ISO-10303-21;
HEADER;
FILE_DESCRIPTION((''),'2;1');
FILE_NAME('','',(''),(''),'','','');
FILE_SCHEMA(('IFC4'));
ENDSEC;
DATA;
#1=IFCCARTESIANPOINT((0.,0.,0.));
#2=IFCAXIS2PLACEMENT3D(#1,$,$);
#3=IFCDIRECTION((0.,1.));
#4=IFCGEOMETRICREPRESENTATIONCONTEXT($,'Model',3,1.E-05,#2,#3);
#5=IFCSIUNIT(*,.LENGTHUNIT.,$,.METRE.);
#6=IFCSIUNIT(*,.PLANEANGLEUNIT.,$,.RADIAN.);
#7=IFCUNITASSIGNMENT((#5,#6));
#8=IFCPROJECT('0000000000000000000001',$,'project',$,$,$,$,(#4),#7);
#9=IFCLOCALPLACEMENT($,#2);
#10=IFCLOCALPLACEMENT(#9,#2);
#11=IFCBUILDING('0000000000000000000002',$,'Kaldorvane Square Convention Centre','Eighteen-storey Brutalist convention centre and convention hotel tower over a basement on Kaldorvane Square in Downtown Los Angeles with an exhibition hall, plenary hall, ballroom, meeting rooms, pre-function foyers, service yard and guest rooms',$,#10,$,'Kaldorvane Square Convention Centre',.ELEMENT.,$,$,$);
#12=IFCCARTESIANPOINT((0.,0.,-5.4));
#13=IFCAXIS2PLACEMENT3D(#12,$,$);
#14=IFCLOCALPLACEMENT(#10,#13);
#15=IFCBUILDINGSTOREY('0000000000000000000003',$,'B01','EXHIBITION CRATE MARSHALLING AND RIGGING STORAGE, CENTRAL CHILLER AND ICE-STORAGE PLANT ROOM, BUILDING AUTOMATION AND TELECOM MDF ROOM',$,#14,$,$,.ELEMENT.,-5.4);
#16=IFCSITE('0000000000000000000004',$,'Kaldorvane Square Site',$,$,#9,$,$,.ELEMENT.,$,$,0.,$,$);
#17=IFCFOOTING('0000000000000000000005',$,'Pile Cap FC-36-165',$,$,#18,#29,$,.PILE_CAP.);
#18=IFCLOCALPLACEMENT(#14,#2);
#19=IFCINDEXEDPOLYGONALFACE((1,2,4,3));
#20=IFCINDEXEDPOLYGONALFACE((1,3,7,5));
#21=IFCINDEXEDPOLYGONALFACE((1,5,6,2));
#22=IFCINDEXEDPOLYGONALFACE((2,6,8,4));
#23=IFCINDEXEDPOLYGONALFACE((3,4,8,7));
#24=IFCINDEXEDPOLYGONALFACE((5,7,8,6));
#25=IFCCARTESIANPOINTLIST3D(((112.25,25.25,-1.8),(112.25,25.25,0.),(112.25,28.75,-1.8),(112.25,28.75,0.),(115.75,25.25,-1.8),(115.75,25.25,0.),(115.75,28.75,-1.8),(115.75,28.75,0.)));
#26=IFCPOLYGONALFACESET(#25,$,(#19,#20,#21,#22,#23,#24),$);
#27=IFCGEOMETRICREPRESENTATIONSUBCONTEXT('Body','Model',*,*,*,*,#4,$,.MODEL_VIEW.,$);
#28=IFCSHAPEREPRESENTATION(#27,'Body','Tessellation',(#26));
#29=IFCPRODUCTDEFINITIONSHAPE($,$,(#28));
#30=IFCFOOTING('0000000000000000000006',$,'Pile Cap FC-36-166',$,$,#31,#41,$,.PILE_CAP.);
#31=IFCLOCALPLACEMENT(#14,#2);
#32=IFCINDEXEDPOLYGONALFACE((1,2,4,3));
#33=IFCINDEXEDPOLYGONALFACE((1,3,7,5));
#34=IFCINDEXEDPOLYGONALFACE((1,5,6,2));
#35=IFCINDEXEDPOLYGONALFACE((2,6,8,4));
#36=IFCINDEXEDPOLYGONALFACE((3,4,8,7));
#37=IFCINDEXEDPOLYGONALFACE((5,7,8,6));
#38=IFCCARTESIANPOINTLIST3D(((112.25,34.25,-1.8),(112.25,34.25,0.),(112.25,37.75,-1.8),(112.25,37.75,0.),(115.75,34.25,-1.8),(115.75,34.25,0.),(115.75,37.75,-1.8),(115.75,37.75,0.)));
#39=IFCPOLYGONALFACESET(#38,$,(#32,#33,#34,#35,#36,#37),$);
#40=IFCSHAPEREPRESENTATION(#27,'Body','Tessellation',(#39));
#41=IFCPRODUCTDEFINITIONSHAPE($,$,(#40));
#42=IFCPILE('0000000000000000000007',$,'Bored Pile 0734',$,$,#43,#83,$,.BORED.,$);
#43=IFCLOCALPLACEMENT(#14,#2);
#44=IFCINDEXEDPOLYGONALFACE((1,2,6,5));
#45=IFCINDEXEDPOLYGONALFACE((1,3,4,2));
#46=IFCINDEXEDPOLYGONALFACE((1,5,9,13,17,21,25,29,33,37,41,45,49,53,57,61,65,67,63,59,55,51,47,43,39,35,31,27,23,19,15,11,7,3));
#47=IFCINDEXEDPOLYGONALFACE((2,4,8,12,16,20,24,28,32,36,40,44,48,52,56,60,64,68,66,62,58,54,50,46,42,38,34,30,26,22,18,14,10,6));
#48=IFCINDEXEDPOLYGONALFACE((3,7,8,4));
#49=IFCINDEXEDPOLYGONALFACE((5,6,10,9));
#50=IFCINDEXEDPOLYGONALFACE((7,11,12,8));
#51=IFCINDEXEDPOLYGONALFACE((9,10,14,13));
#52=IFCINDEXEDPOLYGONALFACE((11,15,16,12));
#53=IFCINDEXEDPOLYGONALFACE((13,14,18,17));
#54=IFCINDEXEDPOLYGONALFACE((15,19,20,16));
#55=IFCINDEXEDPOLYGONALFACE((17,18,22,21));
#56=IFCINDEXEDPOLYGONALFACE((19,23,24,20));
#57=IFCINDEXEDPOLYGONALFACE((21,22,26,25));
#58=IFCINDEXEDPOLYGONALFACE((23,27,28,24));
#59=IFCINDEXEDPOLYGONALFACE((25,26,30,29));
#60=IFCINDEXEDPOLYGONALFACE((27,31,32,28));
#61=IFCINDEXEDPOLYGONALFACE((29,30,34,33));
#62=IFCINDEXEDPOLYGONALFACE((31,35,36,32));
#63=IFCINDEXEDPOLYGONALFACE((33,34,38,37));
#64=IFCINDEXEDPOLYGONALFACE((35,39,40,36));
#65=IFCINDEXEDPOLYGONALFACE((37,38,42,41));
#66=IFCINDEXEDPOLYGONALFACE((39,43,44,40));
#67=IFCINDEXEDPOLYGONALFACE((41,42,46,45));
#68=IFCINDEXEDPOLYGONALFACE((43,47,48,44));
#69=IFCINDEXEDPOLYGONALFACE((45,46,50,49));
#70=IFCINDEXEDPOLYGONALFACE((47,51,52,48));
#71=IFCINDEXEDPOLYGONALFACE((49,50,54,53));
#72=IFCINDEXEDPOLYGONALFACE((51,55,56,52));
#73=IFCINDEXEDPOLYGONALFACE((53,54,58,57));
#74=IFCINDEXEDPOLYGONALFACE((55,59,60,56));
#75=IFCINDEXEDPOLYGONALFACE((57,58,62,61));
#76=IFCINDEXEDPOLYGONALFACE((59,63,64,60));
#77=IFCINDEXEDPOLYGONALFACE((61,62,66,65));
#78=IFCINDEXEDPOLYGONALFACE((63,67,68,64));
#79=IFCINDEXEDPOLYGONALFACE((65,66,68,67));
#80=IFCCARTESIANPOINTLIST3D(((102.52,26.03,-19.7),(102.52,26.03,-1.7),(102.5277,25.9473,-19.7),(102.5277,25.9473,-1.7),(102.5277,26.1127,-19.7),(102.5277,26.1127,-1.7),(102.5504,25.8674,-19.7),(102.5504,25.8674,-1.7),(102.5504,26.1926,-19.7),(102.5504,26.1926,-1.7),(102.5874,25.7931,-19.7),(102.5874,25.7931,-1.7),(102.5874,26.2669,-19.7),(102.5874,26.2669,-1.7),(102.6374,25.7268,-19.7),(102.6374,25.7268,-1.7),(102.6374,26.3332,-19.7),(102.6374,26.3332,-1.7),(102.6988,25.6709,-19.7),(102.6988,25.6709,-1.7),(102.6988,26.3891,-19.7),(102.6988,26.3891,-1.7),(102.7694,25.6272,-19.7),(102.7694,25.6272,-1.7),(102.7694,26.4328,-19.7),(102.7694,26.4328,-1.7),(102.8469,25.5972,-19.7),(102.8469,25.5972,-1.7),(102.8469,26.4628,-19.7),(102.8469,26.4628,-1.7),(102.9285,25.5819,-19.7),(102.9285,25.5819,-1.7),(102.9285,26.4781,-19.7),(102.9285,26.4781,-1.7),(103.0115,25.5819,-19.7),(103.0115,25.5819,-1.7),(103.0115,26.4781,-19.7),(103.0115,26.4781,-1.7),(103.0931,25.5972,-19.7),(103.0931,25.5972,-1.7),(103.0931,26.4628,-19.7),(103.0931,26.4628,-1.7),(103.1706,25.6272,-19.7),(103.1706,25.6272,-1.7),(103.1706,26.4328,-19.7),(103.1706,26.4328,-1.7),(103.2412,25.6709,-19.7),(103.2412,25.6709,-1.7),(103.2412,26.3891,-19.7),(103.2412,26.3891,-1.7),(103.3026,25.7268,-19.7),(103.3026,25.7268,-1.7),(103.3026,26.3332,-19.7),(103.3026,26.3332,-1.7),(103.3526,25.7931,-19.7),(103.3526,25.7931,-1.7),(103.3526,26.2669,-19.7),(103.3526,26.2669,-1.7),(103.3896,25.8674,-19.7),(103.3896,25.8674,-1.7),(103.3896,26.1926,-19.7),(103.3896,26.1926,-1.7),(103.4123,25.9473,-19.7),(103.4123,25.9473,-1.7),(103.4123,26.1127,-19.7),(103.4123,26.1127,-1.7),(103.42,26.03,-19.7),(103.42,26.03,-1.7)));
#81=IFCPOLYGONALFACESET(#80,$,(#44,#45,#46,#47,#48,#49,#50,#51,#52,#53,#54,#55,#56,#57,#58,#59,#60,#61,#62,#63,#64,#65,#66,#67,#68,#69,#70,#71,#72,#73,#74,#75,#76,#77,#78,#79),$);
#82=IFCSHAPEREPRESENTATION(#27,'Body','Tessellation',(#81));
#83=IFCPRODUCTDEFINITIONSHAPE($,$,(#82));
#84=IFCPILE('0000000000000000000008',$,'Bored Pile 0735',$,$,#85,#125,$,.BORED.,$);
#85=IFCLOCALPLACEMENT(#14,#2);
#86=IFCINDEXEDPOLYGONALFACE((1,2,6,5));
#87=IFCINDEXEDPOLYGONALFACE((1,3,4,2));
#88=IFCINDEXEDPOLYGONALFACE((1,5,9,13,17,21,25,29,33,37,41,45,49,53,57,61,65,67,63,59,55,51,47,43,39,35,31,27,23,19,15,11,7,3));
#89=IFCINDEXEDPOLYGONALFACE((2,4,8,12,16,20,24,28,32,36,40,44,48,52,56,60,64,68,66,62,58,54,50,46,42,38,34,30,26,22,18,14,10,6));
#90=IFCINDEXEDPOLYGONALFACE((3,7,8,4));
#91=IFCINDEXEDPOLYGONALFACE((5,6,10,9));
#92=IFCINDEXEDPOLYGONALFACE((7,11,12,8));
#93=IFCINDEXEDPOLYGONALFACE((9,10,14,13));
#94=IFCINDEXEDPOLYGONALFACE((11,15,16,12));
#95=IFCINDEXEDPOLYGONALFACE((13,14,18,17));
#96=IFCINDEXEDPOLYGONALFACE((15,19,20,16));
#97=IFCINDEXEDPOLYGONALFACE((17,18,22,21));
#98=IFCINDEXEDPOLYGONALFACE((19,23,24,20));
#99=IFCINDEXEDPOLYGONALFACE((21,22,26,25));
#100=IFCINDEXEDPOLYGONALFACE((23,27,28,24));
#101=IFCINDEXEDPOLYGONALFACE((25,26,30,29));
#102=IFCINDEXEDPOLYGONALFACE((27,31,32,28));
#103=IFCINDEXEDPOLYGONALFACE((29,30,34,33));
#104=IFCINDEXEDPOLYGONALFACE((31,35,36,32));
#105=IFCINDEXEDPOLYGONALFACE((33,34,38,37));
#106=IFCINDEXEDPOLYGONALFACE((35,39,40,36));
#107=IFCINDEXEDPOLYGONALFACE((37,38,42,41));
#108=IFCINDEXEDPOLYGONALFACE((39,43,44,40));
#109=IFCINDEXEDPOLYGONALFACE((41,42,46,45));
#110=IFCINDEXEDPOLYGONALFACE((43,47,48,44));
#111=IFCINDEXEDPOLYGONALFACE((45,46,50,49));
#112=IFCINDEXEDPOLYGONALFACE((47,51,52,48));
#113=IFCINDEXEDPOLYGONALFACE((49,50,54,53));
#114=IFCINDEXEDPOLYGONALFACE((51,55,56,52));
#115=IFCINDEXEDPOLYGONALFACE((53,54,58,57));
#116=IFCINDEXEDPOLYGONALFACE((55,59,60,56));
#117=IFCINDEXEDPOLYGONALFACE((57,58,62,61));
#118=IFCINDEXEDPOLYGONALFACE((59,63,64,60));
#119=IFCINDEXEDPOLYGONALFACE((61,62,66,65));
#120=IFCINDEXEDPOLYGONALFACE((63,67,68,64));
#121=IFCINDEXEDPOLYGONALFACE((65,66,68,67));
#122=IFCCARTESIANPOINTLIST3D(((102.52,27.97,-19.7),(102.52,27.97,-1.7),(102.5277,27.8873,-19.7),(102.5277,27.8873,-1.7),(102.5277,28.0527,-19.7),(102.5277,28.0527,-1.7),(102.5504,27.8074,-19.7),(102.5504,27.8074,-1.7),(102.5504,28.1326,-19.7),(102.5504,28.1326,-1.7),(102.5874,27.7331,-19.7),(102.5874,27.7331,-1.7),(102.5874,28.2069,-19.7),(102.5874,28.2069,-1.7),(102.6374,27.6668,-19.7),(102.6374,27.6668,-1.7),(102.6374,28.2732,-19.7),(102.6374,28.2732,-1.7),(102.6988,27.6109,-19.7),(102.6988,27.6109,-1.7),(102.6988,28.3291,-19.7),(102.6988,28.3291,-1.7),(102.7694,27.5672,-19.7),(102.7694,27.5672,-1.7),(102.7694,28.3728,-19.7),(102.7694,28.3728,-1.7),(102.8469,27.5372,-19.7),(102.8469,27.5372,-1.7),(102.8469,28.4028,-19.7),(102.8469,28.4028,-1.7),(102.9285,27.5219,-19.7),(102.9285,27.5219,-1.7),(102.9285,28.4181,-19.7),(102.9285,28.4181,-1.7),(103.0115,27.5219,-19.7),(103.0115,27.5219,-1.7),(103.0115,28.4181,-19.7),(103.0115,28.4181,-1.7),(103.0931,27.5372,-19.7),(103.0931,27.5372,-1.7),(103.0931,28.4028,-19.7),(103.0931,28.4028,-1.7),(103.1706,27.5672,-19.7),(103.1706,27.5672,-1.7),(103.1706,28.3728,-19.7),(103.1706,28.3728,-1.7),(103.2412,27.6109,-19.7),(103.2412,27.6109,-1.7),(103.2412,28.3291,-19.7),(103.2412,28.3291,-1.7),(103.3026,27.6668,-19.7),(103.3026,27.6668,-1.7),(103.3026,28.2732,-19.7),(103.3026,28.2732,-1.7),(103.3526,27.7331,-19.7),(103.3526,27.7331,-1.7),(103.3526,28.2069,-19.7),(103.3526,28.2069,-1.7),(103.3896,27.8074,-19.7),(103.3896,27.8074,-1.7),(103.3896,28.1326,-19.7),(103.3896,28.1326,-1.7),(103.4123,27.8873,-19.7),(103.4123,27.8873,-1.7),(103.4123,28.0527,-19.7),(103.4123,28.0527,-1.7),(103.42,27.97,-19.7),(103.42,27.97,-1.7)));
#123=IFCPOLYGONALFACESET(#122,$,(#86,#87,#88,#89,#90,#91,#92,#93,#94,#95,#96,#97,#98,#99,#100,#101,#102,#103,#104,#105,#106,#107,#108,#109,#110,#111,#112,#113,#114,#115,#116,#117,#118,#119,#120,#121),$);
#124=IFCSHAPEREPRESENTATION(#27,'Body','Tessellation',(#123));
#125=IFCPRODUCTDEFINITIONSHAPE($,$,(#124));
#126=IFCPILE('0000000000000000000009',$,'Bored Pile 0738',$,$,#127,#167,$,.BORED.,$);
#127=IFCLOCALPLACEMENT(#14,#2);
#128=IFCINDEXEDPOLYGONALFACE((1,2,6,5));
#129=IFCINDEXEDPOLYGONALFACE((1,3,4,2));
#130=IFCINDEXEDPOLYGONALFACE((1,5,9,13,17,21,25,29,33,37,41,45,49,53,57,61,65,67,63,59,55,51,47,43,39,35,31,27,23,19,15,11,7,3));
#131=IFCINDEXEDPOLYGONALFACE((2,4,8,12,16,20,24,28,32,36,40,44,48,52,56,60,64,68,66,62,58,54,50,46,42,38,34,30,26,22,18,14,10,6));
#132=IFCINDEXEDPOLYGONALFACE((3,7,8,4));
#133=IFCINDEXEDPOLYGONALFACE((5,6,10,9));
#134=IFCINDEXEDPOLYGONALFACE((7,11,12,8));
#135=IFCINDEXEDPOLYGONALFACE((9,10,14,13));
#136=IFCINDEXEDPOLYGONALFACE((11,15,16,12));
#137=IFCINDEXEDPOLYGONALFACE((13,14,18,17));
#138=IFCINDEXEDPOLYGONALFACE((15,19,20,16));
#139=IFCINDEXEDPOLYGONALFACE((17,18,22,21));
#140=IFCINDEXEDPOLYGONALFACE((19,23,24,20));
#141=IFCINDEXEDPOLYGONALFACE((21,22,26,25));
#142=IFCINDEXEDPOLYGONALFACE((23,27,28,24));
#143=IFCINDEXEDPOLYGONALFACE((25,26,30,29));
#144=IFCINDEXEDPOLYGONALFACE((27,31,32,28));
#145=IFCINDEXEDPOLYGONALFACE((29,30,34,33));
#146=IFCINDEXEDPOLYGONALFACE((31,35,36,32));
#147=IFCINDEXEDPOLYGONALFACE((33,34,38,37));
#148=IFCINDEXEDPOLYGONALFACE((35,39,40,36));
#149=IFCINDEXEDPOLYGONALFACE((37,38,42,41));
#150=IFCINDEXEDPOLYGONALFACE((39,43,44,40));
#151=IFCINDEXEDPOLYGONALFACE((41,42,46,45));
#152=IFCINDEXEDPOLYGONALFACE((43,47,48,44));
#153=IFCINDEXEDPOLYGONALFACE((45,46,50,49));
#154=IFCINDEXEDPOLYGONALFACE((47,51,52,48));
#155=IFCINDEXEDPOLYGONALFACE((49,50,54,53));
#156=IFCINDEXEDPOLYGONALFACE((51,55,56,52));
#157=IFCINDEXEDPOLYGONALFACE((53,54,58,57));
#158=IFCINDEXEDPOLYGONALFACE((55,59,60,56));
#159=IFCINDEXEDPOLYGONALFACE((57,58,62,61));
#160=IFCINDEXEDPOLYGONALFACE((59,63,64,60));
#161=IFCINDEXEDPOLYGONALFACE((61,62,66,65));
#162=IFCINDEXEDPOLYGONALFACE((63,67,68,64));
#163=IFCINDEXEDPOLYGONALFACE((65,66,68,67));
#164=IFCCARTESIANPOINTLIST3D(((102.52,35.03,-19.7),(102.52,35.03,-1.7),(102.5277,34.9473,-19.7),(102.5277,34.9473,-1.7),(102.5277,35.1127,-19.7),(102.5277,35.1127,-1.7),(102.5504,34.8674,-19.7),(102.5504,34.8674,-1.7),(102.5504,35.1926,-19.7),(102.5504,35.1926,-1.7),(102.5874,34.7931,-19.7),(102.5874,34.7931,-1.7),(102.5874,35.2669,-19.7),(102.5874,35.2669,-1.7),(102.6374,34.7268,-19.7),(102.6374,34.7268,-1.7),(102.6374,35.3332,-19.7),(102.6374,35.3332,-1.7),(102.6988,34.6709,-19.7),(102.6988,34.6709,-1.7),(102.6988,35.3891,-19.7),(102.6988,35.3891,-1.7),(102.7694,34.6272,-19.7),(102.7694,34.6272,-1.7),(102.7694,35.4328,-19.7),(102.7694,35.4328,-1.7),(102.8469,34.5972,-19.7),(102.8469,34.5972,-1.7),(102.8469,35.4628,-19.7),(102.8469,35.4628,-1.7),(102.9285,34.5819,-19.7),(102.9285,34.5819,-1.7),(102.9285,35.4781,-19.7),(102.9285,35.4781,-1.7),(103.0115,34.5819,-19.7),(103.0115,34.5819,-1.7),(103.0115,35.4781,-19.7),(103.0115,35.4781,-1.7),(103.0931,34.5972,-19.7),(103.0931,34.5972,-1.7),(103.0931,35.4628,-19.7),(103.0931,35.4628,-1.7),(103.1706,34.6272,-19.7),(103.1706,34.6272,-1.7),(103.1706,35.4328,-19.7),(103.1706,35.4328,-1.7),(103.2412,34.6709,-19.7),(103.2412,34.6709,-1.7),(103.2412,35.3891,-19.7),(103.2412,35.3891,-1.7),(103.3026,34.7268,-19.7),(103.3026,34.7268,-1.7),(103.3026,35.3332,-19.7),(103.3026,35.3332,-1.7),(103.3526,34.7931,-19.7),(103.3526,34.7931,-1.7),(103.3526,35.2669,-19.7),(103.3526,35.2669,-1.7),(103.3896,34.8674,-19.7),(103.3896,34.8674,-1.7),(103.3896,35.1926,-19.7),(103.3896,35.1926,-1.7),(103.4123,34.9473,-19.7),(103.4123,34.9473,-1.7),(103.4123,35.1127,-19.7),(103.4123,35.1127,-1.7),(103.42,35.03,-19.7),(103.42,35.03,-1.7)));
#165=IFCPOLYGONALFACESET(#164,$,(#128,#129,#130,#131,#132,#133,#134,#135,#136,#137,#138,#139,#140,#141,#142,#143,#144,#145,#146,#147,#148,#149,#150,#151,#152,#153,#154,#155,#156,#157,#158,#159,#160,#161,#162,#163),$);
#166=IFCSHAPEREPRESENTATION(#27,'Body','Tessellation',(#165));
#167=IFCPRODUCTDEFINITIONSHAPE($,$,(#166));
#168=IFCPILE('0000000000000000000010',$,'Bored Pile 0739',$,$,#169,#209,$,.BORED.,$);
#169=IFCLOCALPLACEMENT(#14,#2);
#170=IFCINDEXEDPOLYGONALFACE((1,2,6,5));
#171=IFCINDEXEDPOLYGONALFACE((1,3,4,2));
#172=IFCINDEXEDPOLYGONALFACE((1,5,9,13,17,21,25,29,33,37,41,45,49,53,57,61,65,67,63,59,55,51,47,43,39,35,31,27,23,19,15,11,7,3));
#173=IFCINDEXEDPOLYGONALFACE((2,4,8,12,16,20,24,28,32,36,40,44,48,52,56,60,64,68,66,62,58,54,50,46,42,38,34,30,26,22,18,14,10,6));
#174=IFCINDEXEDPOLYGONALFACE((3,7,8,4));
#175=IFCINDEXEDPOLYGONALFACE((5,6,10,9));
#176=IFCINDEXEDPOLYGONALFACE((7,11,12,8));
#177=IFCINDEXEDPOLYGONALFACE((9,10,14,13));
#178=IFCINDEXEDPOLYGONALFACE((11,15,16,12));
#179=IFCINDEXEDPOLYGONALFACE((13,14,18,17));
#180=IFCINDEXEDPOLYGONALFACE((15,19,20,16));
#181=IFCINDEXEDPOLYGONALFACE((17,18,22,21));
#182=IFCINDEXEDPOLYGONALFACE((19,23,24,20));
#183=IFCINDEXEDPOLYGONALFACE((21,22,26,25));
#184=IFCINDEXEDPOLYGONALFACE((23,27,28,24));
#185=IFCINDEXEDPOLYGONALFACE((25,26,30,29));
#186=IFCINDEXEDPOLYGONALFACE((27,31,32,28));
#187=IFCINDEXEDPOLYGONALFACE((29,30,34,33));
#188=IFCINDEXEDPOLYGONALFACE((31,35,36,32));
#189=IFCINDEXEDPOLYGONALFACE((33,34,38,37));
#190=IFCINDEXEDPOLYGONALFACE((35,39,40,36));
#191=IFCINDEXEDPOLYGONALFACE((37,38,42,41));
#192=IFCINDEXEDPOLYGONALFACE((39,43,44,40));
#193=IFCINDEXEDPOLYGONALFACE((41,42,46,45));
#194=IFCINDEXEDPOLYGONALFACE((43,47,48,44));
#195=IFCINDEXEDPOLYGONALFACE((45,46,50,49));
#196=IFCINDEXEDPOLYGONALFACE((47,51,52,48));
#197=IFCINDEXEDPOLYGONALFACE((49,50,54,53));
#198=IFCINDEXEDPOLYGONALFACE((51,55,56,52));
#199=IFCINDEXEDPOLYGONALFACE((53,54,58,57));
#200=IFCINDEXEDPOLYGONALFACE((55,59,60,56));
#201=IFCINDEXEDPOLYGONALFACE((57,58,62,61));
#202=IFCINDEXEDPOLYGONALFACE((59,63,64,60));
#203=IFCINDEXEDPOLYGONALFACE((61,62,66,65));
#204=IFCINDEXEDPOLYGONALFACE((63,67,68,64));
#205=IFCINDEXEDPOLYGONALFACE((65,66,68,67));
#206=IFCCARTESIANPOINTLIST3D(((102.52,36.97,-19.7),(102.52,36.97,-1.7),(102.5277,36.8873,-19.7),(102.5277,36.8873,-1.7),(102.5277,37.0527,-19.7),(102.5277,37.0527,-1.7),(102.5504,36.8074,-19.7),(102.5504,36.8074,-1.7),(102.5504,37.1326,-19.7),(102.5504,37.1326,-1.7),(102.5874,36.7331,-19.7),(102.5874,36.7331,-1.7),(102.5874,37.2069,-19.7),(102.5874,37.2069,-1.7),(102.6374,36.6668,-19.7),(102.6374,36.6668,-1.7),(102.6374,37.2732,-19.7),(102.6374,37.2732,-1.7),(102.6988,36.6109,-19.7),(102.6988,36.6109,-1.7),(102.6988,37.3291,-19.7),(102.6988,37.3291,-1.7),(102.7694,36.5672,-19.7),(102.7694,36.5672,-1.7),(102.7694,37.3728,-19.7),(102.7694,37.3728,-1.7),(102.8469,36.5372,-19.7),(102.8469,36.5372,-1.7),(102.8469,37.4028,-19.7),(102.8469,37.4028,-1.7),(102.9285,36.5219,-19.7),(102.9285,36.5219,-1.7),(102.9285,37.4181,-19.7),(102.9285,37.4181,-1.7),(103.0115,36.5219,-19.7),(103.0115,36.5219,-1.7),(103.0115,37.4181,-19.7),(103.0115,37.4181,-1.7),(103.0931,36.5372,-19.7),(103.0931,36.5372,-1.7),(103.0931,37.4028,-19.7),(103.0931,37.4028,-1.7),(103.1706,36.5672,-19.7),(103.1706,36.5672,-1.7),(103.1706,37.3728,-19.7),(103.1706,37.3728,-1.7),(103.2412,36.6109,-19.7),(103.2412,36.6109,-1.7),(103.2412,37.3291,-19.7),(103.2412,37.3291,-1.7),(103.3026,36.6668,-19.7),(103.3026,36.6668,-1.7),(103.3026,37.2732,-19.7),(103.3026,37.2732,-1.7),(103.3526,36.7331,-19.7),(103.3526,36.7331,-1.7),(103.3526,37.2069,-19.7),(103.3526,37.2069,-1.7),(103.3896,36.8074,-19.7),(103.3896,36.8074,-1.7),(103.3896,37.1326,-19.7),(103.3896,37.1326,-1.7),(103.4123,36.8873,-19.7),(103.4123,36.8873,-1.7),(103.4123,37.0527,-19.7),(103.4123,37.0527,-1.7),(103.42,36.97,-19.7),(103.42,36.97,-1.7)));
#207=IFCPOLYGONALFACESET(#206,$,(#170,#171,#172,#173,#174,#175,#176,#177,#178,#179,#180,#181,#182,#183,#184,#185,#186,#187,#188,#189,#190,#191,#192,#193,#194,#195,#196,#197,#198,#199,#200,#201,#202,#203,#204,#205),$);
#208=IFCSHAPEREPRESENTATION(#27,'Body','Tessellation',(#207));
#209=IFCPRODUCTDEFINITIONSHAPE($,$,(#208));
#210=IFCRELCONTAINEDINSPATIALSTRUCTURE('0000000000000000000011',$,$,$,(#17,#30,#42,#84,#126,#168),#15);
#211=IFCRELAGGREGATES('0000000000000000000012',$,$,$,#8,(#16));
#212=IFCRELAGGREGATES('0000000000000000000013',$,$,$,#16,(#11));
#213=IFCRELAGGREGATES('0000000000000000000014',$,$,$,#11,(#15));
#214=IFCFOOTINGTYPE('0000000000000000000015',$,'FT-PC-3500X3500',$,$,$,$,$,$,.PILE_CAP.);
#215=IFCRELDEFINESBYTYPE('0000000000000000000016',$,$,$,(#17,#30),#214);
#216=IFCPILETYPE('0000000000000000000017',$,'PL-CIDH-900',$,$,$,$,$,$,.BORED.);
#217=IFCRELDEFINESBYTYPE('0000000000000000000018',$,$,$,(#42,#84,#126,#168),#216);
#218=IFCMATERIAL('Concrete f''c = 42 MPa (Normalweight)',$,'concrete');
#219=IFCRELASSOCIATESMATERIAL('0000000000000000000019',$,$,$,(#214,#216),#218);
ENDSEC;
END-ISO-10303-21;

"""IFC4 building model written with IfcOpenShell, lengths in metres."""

from ifc_helpers import new_model, si_unit, direction, frame, origin, origin_2d, place, context, subcontext, project, spatial, rectangle, circle, extrude, material, material_profile, profile_set, type_object, element, save


model = new_model("IFC4")

# Units and contexts
model_context = context("Model", 3, precision=1e-05, world=origin(), true_north=direction((0.0, 1.0)))
body_context = subcontext(model_context, "Body", "Model", "MODEL_VIEW")
ifc_project = project(units=[si_unit("LENGTHUNIT", "METRE"), si_unit("PLANEANGLEUNIT", "RADIAN")], contexts=[model_context])

# Site, building, storey
site_placement = place(None, origin())
site = spatial("IfcSite", under=ifc_project, at=site_placement, Name="Kaldorvane Square Site", CompositionType="ELEMENT", RefElevation=0.0)
building_placement = place(site_placement, origin())
building = spatial("IfcBuilding", under=site, at=building_placement, Name="Kaldorvane Square Convention Centre", Description="Eighteen-storey Brutalist convention centre and convention hotel tower over a basement on Kaldorvane Square in Downtown Los Angeles with an exhibition hall, plenary hall, ballroom, meeting rooms, pre-function foyers, service yard and guest rooms", LongName="Kaldorvane Square Convention Centre", CompositionType="ELEMENT")
storey_placement = place(building_placement, frame((0.0, 0.0, -5.4)))
storey = spatial("IfcBuildingStorey", under=building, at=storey_placement, Name="B01", Description="EXHIBITION CRATE MARSHALLING AND RIGGING STORAGE, CENTRAL CHILLER AND ICE-STORAGE PLANT ROOM, BUILDING AUTOMATION AND TELECOM MDF ROOM", CompositionType="ELEMENT", Elevation=-5.4)

# Footings
ifc_material_1 = material(Name="Concrete f'c = 42 MPa (Normalweight)", Category="concrete")
footing_type = type_object("IfcFootingType", Name="FT-PC-3500X3500", PredefinedType="PILE_CAP", material=ifc_material_1)
for number, where, z_axis, x_axis, name in (
    (1, (114.0, 27.0, -1.8), (0.0, 0.0, 1.0), (1.0, 0.0, 0.0), "Pile Cap FC-36-165"),
    (2, (114.0, 36.0, -1.8), (0.0, 0.0, 1.0), (1.0, 0.0, 0.0), "Pile Cap FC-36-166"),
):
    element("IfcFooting", number, at=place(storey_placement, frame(where, z_axis=z_axis, x_axis=x_axis)), inside=storey, type_object=footing_type, Name=name, PredefinedType="PILE_CAP", context=body_context, shape_type="SweptSolid", body=[
        extrude(rectangle(XDim=3.5, YDim=3.5, at=origin_2d()), origin(), (0.0, 0.0, 1.0), 1.8),
    ])

# Piles
ifc_material_profile_1 = material_profile(ifc_material_1, circle(Radius=0.45, at=origin_2d()), Name="PILE-D900")
ifc_profile_set_1 = profile_set([ifc_material_profile_1], Name="Concrete f'c = 42 MPa (Normalweight)")
pile_type = type_object("IfcPileType", Name="PL-CIDH-900", PredefinedType="BORED", material=ifc_profile_set_1)
for number, where, z_axis, x_axis, name in (
    (3, (102.97, 26.03, -1.7), (0.0, 0.0, -1.0), (1.0, 0.0, 0.0), "Bored Pile 0734"),
    (4, (102.97, 27.97, -1.7), (0.0, 0.0, -1.0), (1.0, 0.0, 0.0), "Bored Pile 0735"),
    (5, (102.97, 35.03, -1.7), (0.0, 0.0, -1.0), (1.0, 0.0, 0.0), "Bored Pile 0738"),
    (6, (102.97, 36.97, -1.7), (0.0, 0.0, -1.0), (1.0, 0.0, 0.0), "Bored Pile 0739"),
):
    element("IfcPile", number, at=place(storey_placement, frame(where, z_axis=z_axis, x_axis=x_axis)), inside=storey, type_object=pile_type, Name=name, PredefinedType="BORED", context=body_context, shape_type="SweptSolid", body=[
        extrude(circle(Radius=0.45, at=origin_2d()), origin(), (0.0, 0.0, 1.0), 18.0),
    ])

save(model, "model.ifc")
